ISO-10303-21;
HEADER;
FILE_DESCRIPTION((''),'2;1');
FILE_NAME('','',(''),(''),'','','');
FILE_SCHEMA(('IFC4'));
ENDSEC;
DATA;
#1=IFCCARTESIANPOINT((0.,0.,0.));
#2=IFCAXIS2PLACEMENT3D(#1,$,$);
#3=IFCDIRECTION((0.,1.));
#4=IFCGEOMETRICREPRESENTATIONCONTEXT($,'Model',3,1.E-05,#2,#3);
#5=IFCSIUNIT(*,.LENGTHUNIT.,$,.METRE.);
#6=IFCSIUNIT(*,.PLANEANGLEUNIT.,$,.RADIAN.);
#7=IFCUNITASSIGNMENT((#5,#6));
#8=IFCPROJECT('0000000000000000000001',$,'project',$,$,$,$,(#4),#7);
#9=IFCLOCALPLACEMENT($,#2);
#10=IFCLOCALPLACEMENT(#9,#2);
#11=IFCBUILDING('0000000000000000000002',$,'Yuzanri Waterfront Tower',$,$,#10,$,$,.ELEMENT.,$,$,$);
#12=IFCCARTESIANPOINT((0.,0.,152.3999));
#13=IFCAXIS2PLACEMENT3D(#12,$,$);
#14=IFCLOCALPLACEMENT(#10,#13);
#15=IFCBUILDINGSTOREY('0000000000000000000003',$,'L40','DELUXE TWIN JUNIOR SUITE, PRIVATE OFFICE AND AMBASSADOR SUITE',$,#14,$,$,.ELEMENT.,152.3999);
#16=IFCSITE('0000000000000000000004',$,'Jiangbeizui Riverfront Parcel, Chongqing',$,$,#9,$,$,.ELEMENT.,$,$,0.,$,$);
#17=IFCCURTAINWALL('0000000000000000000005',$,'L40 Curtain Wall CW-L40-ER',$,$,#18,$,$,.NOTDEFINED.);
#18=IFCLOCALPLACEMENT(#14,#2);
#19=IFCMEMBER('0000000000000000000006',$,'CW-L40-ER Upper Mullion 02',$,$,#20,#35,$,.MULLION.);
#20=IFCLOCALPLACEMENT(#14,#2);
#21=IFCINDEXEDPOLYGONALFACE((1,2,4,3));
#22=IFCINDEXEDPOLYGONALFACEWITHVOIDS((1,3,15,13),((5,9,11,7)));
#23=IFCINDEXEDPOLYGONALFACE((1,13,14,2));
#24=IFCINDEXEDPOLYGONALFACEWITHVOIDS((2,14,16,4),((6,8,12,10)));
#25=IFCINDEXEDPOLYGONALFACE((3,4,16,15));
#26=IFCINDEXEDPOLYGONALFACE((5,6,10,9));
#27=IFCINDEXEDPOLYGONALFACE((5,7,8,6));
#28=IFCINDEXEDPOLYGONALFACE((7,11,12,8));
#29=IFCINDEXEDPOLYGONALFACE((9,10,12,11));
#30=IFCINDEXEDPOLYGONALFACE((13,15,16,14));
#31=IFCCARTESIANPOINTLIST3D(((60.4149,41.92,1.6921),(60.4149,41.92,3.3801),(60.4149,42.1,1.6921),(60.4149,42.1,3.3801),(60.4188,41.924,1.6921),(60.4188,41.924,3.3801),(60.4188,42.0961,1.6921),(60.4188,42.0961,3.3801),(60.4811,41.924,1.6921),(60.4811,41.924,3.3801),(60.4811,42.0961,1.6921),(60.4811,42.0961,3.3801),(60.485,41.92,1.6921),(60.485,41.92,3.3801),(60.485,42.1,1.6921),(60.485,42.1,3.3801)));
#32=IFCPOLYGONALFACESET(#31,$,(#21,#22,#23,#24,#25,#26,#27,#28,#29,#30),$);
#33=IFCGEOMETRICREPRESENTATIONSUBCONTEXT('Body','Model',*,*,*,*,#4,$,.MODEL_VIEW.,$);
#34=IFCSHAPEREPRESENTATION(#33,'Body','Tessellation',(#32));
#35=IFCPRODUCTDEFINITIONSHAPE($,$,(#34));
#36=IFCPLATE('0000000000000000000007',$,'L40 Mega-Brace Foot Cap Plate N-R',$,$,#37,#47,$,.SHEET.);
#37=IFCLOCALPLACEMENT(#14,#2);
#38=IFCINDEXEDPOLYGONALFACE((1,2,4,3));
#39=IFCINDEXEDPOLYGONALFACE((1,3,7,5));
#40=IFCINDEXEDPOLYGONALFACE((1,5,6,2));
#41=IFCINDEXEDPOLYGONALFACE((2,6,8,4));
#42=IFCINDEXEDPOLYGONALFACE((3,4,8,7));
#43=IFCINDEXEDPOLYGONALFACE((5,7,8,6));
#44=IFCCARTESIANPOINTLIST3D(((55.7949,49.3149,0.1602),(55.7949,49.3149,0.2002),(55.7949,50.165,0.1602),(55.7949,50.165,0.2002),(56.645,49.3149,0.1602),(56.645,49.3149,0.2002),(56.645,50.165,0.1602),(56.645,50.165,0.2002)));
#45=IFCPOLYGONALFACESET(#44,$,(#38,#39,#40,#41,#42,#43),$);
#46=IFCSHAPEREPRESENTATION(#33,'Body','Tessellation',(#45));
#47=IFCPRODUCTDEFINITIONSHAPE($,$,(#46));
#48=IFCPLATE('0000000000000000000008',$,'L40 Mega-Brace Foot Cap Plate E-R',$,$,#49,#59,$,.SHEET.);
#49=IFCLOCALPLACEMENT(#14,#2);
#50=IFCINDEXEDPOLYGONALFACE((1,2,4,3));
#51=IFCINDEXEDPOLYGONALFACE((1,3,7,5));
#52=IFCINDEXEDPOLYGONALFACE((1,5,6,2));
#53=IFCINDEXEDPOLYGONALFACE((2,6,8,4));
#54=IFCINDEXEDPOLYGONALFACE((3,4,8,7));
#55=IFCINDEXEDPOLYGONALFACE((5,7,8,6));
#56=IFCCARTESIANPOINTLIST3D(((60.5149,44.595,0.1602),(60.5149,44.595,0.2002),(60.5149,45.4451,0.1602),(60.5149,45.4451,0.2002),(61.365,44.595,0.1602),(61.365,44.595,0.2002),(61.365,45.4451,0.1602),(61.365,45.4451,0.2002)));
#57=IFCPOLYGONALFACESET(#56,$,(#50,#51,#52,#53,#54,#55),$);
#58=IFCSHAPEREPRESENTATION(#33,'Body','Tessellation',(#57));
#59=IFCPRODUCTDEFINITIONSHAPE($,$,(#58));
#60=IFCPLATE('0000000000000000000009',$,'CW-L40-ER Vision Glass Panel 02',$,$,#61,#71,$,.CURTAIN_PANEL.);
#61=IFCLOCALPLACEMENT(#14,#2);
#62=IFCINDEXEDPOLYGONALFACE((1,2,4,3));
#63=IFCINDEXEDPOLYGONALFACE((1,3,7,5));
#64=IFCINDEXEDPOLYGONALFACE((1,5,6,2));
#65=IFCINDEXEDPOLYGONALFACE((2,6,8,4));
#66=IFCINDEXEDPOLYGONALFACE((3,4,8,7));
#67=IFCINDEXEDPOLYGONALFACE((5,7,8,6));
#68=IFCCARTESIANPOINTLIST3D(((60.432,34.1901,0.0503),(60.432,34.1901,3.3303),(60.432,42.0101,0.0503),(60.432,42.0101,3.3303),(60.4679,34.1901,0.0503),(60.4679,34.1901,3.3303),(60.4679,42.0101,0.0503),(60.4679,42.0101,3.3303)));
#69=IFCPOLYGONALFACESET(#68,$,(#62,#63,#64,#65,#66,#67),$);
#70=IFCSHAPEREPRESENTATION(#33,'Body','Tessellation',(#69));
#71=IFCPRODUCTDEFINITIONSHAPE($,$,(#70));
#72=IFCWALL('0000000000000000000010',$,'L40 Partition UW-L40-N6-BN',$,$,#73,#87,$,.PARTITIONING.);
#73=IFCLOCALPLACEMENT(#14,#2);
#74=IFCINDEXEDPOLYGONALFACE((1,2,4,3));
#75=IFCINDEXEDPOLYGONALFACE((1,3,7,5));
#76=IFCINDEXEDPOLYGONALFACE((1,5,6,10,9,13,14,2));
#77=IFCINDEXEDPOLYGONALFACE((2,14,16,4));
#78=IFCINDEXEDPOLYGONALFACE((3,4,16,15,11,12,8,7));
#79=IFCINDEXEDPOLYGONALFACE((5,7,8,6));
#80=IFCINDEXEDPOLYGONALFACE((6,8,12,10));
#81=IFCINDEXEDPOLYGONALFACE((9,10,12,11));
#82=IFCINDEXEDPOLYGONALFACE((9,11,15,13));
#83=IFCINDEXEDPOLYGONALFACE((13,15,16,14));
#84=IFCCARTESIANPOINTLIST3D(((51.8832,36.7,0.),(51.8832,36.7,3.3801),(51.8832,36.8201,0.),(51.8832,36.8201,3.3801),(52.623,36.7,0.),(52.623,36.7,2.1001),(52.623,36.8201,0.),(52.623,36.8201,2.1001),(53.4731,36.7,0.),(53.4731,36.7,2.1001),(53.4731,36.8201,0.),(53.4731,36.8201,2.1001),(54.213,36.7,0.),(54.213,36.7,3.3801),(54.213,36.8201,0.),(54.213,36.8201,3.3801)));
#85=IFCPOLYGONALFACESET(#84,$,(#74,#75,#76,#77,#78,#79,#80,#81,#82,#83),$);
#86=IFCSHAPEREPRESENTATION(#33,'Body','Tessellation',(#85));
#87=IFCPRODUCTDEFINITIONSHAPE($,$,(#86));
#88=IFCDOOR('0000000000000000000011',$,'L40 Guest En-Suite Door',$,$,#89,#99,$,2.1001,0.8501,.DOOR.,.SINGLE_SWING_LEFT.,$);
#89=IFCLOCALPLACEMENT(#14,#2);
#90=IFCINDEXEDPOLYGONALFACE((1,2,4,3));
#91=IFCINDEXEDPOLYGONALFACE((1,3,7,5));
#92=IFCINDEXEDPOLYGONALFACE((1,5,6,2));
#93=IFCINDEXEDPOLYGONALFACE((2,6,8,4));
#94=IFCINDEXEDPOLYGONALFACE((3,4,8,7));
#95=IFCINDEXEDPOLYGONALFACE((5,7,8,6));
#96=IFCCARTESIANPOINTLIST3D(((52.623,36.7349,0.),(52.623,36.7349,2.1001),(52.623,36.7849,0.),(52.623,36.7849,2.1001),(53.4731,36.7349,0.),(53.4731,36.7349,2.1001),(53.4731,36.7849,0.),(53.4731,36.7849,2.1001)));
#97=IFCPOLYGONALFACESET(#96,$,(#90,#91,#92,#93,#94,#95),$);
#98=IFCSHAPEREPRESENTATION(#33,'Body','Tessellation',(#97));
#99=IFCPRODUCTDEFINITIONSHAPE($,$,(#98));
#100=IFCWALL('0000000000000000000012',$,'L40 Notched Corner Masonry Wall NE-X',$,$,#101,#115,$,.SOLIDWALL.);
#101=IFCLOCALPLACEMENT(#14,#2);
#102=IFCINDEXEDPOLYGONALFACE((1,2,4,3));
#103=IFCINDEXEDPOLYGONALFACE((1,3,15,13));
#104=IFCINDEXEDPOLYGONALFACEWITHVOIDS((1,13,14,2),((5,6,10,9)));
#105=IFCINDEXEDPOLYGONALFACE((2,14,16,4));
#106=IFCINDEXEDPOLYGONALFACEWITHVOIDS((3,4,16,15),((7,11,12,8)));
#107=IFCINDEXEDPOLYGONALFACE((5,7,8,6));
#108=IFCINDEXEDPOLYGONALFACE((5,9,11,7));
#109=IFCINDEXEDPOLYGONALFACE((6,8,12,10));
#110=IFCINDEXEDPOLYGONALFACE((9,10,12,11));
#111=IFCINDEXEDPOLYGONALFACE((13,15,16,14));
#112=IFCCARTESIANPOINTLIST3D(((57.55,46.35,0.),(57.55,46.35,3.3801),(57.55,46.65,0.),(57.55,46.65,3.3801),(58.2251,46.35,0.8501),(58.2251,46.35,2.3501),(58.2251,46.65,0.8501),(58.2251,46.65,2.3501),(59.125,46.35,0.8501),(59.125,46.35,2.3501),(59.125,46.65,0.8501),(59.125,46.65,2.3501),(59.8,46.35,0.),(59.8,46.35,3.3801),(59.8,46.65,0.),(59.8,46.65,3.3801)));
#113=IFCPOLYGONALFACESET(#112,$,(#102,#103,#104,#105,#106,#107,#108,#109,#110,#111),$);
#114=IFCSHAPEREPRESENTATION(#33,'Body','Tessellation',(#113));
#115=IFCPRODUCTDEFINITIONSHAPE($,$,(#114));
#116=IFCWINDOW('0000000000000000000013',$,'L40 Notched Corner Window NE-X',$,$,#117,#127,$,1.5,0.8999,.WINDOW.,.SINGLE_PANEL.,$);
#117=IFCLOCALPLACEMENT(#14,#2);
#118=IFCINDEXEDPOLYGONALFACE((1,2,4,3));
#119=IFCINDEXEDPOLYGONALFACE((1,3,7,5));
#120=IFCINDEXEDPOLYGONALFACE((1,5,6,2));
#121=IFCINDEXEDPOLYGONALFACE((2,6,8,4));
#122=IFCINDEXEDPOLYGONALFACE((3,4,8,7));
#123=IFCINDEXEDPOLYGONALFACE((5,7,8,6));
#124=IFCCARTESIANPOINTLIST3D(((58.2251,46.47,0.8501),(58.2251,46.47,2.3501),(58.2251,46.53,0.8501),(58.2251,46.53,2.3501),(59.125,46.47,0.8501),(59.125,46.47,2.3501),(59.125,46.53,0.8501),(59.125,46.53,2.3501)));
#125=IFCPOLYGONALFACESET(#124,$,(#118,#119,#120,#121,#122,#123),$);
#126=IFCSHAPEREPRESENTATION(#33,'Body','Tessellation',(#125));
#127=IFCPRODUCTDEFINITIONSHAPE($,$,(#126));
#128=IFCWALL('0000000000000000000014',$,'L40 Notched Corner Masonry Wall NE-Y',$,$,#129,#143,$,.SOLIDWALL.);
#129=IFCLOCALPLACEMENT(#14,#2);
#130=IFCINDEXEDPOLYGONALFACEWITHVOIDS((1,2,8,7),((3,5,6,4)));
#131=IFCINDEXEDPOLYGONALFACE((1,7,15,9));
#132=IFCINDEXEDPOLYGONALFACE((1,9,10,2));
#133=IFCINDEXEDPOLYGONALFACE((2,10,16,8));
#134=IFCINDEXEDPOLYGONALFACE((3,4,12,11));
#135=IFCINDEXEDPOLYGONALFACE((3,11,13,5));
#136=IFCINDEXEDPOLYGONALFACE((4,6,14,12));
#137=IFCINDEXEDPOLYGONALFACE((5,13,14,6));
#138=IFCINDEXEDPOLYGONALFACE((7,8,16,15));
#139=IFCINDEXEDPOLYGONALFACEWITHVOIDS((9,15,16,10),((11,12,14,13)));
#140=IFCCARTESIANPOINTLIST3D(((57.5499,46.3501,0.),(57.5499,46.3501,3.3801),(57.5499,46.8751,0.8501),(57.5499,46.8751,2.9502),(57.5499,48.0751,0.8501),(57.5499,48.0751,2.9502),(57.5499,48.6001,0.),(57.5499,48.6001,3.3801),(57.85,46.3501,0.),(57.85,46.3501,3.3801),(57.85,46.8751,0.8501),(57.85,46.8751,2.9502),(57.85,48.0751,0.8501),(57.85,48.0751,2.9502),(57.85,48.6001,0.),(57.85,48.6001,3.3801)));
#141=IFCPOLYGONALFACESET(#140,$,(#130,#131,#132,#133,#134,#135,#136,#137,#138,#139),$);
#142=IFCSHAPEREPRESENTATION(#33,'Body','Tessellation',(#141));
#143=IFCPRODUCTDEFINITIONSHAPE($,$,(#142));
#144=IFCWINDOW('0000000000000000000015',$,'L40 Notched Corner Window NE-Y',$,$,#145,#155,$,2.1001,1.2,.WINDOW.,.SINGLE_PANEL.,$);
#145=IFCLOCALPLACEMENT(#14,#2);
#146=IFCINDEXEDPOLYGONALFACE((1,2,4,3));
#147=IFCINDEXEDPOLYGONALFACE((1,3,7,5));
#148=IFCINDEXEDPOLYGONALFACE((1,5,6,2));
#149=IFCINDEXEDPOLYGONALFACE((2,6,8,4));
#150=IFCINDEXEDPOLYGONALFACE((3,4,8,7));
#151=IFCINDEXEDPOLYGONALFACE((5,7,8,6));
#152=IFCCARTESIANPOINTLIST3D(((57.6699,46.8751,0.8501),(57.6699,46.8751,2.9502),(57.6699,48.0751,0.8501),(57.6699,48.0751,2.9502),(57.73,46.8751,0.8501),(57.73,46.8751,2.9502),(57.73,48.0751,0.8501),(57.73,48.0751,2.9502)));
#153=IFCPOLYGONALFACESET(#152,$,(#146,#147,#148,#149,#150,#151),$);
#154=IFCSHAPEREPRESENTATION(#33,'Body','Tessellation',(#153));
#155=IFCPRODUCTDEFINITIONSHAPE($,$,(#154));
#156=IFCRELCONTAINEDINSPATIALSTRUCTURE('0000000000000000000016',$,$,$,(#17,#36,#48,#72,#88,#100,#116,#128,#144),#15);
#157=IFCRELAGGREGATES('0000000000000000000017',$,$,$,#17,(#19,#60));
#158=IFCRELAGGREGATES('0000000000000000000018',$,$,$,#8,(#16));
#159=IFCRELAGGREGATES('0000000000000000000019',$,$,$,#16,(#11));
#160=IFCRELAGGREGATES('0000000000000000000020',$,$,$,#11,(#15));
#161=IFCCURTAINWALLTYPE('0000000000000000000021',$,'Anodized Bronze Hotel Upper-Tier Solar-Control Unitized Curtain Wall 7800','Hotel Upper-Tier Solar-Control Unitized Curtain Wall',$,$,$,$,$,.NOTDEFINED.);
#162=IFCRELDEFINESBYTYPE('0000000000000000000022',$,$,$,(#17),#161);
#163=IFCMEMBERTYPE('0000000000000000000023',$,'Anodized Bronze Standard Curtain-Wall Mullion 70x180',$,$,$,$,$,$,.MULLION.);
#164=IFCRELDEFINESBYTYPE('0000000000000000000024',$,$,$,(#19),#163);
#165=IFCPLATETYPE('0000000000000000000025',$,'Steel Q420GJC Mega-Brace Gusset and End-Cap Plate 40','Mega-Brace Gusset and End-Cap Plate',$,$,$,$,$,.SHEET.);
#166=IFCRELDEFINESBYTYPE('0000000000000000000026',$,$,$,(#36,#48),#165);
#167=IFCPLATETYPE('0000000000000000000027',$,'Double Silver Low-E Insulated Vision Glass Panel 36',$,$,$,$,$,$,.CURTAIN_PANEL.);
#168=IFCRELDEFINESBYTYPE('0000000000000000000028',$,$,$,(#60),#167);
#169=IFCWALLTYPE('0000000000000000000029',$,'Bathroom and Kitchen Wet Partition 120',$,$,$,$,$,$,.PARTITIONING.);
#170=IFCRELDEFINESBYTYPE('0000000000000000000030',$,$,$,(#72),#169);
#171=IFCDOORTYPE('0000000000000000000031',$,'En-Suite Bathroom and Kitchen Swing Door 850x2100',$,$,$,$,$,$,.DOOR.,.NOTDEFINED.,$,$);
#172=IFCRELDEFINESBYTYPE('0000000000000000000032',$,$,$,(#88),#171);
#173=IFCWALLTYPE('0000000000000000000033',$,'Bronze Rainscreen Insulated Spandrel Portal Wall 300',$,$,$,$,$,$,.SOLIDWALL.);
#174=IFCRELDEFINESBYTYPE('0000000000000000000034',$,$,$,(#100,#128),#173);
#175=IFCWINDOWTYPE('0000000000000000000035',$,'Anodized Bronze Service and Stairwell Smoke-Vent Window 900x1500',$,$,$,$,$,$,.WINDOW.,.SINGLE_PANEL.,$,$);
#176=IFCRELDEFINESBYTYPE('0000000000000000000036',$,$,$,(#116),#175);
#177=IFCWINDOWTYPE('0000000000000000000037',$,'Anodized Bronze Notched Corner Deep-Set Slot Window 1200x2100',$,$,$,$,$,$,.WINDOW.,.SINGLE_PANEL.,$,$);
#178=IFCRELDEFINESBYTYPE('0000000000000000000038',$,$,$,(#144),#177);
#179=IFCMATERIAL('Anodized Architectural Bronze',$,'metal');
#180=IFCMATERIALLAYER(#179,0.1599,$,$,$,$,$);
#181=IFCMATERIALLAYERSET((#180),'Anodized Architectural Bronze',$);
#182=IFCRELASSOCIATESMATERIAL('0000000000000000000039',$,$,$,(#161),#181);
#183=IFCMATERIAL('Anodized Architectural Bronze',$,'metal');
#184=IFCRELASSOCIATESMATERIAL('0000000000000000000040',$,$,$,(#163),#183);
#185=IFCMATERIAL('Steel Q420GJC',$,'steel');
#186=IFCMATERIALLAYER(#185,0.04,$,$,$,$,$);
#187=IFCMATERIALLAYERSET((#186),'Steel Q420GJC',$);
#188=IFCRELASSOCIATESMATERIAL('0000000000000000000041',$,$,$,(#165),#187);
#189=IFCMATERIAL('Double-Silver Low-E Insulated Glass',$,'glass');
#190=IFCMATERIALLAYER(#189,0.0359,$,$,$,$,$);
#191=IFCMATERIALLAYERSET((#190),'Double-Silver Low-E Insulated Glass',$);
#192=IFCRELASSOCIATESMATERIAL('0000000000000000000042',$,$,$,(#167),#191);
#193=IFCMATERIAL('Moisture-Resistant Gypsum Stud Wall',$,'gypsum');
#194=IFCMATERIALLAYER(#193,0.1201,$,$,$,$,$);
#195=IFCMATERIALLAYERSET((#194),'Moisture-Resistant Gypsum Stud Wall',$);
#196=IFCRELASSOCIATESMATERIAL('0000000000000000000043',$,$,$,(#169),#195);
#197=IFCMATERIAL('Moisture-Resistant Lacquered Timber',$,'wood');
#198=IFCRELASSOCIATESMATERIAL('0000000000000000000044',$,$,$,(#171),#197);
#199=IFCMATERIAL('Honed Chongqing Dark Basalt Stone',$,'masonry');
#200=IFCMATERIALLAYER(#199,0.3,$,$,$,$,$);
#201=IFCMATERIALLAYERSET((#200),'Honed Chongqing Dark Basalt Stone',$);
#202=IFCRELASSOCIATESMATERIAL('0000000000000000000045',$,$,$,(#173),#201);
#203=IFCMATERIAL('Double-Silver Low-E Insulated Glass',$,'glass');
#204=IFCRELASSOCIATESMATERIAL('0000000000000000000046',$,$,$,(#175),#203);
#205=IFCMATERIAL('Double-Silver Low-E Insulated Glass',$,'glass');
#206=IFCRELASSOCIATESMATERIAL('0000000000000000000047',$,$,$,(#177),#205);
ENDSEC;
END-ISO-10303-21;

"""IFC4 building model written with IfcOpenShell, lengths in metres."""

from ifc_helpers import new_model, si_unit, direction, frame, frame_2d, origin, origin_2d, place, context, subcontext, project, spatial, rectangle, hollow_rectangle, extrude, source, transform, mapped, material, layer, layer_set, material_profile, profile_set, type_object, element, fill, aggregate, save


model = new_model("IFC4")

# Units and contexts
model_context = context("Model", 3, precision=1e-05, world=origin(), true_north=direction((0.0, 1.0)))
body_context = subcontext(model_context, "Body", "Model", "MODEL_VIEW")
ifc_project = project(units=[si_unit("LENGTHUNIT", "METRE"), si_unit("PLANEANGLEUNIT", "RADIAN")], contexts=[model_context])

# Site, building, storey
site_placement = place(None, origin())
site = spatial("IfcSite", under=ifc_project, at=site_placement, Name="Jiangbeizui Riverfront Parcel, Chongqing", CompositionType="ELEMENT", RefElevation=0.0)
building_placement = place(site_placement, origin())
building = spatial("IfcBuilding", under=site, at=building_placement, Name="Yuzanri Waterfront Tower", CompositionType="ELEMENT")
storey_placement = place(building_placement, frame((0.0, 0.0, 152.3999)))
storey = spatial("IfcBuildingStorey", under=building, at=storey_placement, Name="L40", Description="DELUXE TWIN JUNIOR SUITE, PRIVATE OFFICE AND AMBASSADOR SUITE", CompositionType="ELEMENT", Elevation=152.3999)

# Curtain wall, member
ifc_material_1 = material(Name="Anodized Architectural Bronze", Category="metal")
ifc_layer_1 = layer(ifc_material_1, 0.1599)
ifc_layer_set_1 = layer_set([ifc_layer_1], Name="Anodized Architectural Bronze")
curtain_wall_type = type_object("IfcCurtainWallType", Name="Anodized Bronze Hotel Upper-Tier Solar-Control Unitized Curtain Wall 7800", Description="Hotel Upper-Tier Solar-Control Unitized Curtain Wall", PredefinedType="NOTDEFINED", material=ifc_layer_set_1)
ifc_material_2 = material(Name="Anodized Architectural Bronze", Category="metal")
ifc_material_profile_1 = material_profile(ifc_material_2, hollow_rectangle(XDim=0.0701, YDim=0.1799, WallThickness=0.0039, at=origin_2d()), Name="CWM 70x180")
ifc_profile_set_1 = profile_set([ifc_material_profile_1], Name="Anodized Architectural Bronze")
member_type_1 = type_object("IfcMemberType", Name="Anodized Bronze Standard Curtain-Wall Mullion 70x180", PredefinedType="MULLION", material=ifc_profile_set_1)
shared_shape_1 = source(origin(), body_context, "Body", "SweptSolid", [
    extrude(hollow_rectangle(XDim=0.0701, YDim=0.1799, WallThickness=0.0039, at=origin_2d()), origin(), (0.0, 0.0, 1.0), 1.688),
])
curtain_wall_1_placement = place(storey_placement, origin())
curtain_wall_1 = element("IfcCurtainWall", 1, at=curtain_wall_1_placement, inside=storey, type_object=curtain_wall_type, Name="L40 Curtain Wall CW-L40-ER", PredefinedType="NOTDEFINED")
member_1_placement = place(storey_placement, frame((60.45, 42.01, 1.6921), z_axis=(0.0, 0.0, 1.0), x_axis=(1.0, 0.0, 0.0)))
member_1 = element("IfcMember", 2, at=member_1_placement, type_object=member_type_1, Name="CW-L40-ER Upper Mullion 02", PredefinedType="MULLION", context=body_context, shape_type="MappedRepresentation", body=[
    mapped(shared_shape_1, transform((0.0, 0.0, 0.0), scale=1.0)),
])

# Plates
ifc_material_3 = material(Name="Steel Q420GJC", Category="steel")
ifc_layer_2 = layer(ifc_material_3, 0.04)
ifc_layer_set_2 = layer_set([ifc_layer_2], Name="Steel Q420GJC")
plate_type_1 = type_object("IfcPlateType", Name="Steel Q420GJC Mega-Brace Gusset and End-Cap Plate 40", Description="Mega-Brace Gusset and End-Cap Plate", PredefinedType="SHEET", material=ifc_layer_set_2)
shared_shape_2 = source(origin(), body_context, "Body", "SweptSolid", [
    extrude(rectangle(XDim=0.8501, YDim=0.8501, at=origin_2d()), origin(), (0.0, 0.0, 1.0), 0.04),
])
for number, where, z_axis, x_axis, name in (
    (3, (56.22, 49.74, 0.1602), (0.0, 0.0, 1.0), (1.0, 0.0, 0.0), "L40 Mega-Brace Foot Cap Plate N-R"),
    (4, (60.9399, 45.02, 0.1602), (0.0, 0.0, 1.0), (1.0, 0.0, 0.0), "L40 Mega-Brace Foot Cap Plate E-R"),
):
    element("IfcPlate", number, at=place(storey_placement, frame(where, z_axis=z_axis, x_axis=x_axis)), inside=storey, type_object=plate_type_1, Name=name, PredefinedType="SHEET", context=body_context, shape_type="MappedRepresentation", body=[
        mapped(shared_shape_2, transform((0.0, 0.0, 0.0), scale=1.0)),
    ])

# Plate
ifc_material_4 = material(Name="Double-Silver Low-E Insulated Glass", Category="glass")
ifc_layer_3 = layer(ifc_material_4, 0.0359)
ifc_layer_set_3 = layer_set([ifc_layer_3], Name="Double-Silver Low-E Insulated Glass")
plate_type_2 = type_object("IfcPlateType", Name="Double Silver Low-E Insulated Vision Glass Panel 36", PredefinedType="CURTAIN_PANEL", material=ifc_layer_set_3)
shared_shape_3 = source(origin(), body_context, "Body", "SweptSolid", [
    extrude(rectangle(XDim=7.8201, YDim=0.0359, at=origin_2d()), origin(), (0.0, 0.0, 1.0), 3.28),
])
plate_placement = place(storey_placement, frame((60.45, 38.1001, 0.0503), z_axis=(0.0, 0.0, 1.0), x_axis=(0.0, 1.0, 0.0)))
plate = element("IfcPlate", 5, at=plate_placement, type_object=plate_type_2, Name="CW-L40-ER Vision Glass Panel 02", PredefinedType="CURTAIN_PANEL", context=body_context, shape_type="MappedRepresentation", body=[
    mapped(shared_shape_3, transform((0.0, 0.0, 0.0), scale=1.0)),
])
aggregate(curtain_wall_1, [member_1, plate])

# Wall, opening, door
ifc_material_5 = material(Name="Moisture-Resistant Gypsum Stud Wall", Category="gypsum")
ifc_layer_4 = layer(ifc_material_5, 0.1201)
ifc_layer_set_4 = layer_set([ifc_layer_4], Name="Moisture-Resistant Gypsum Stud Wall")
wall_type_1 = type_object("IfcWallType", Name="Bathroom and Kitchen Wet Partition 120", PredefinedType="PARTITIONING", material=ifc_layer_set_4)
wall_1_placement = place(storey_placement, frame((51.8831, 36.76, 0.0), z_axis=(0.0, 0.0, 1.0), x_axis=(1.0, 0.0, 0.0)))
wall_1 = element("IfcWall", 6, at=wall_1_placement, inside=storey, type_object=wall_type_1, Name="L40 Partition UW-L40-N6-BN", PredefinedType="PARTITIONING", context=body_context, shape_type="SweptSolid", body=[
    extrude(rectangle(XDim=2.3298, YDim=0.1201, at=frame_2d((1.165, 0.0))), origin(), (0.0, 0.0, 1.0), 3.3801),
])
opening_1_placement = place(wall_1_placement, frame((0.74, 0.0, 0.0)))
opening_1 = element("IfcOpeningElement", 7, at=opening_1_placement, cuts=wall_1, PredefinedType="OPENING", context=body_context, shape_type="SweptSolid", body=[
    extrude(rectangle(XDim=0.8501, YDim=2.1001, at=frame_2d((0.425, 1.05))), frame((0.0, 0.075, 0.0), z_axis=(0.0, -1.0, 0.0), x_axis=(1.0, 0.0, 0.0)), (0.0, 0.0, 1.0), 0.1499),
])
ifc_material_6 = material(Name="Moisture-Resistant Lacquered Timber", Category="wood")
door_type_1 = type_object("IfcDoorType", Name="En-Suite Bathroom and Kitchen Swing Door 850x2100", OperationType="NOTDEFINED", PredefinedType="DOOR", material=ifc_material_6)
shared_shape_4 = source(origin(), body_context, "Body", "SweptSolid", [
    extrude(rectangle(XDim=0.8501, YDim=2.1001, at=frame_2d((0.425, 1.05))), frame((0.0, 0.0249, 0.0), z_axis=(0.0, -1.0, 0.0), x_axis=(1.0, 0.0, 0.0)), (0.0, 0.0, 1.0), 0.05),
])
door_1_placement = place(opening_1_placement, origin())
door_1 = element("IfcDoor", 8, at=door_1_placement, inside=storey, type_object=door_type_1, Name="L40 Guest En-Suite Door", OperationType="SINGLE_SWING_LEFT", OverallHeight=2.1001, OverallWidth=0.8501, PredefinedType="DOOR", context=body_context, shape_type="MappedRepresentation", body=[
    mapped(shared_shape_4, transform((0.0, 0.0, 0.0), scale=1.0)),
])
fill(opening_1, door_1)

# Walls, openings, windows
ifc_material_7 = material(Name="Honed Chongqing Dark Basalt Stone", Category="masonry")
ifc_layer_5 = layer(ifc_material_7, 0.3)
ifc_layer_set_5 = layer_set([ifc_layer_5], Name="Honed Chongqing Dark Basalt Stone")
wall_type_2 = type_object("IfcWallType", Name="Bronze Rainscreen Insulated Spandrel Portal Wall 300", PredefinedType="SOLIDWALL", material=ifc_layer_set_5)
wall_2_placement = place(storey_placement, frame((59.8, 46.5, 0.0), z_axis=(0.0, 0.0, 1.0), x_axis=(-1.0, 0.0, 0.0)))
wall_2 = element("IfcWall", 9, at=wall_2_placement, inside=storey, type_object=wall_type_2, Name="L40 Notched Corner Masonry Wall NE-X", PredefinedType="SOLIDWALL", context=body_context, shape_type="SweptSolid", body=[
    extrude(rectangle(XDim=2.25, YDim=0.3, at=frame_2d((1.125, 0.0))), origin(), (0.0, 0.0, 1.0), 3.3801),
])
opening_2_placement = place(wall_2_placement, frame((0.675, 0.0, 0.8501)))
opening_2 = element("IfcOpeningElement", 10, at=opening_2_placement, cuts=wall_2, PredefinedType="OPENING", context=body_context, shape_type="SweptSolid", body=[
    extrude(rectangle(XDim=0.8999, YDim=1.5, at=frame_2d((0.45, 0.75))), frame((0.0, 0.165, 0.0), z_axis=(0.0, -1.0, 0.0), x_axis=(1.0, 0.0, 0.0)), (0.0, 0.0, 1.0), 0.3298),
])
ifc_material_8 = material(Name="Double-Silver Low-E Insulated Glass", Category="glass")
window_type_1 = type_object("IfcWindowType", Name="Anodized Bronze Service and Stairwell Smoke-Vent Window 900x1500", PartitioningType="SINGLE_PANEL", PredefinedType="WINDOW", material=ifc_material_8)
shared_shape_5 = source(origin(), body_context, "Body", "SweptSolid", [
    extrude(rectangle(XDim=0.8999, YDim=1.5, at=frame_2d((0.45, 0.75))), frame((0.0, 0.03, 0.0), z_axis=(0.0, -1.0, 0.0), x_axis=(1.0, 0.0, 0.0)), (0.0, 0.0, 1.0), 0.0601),
])
window_1_placement = place(opening_2_placement, origin())
window_1 = element("IfcWindow", 11, at=window_1_placement, inside=storey, type_object=window_type_1, Name="L40 Notched Corner Window NE-X", OverallHeight=1.5, OverallWidth=0.8999, PartitioningType="SINGLE_PANEL", PredefinedType="WINDOW", context=body_context, shape_type="MappedRepresentation", body=[
    mapped(shared_shape_5, transform((0.0, 0.0, 0.0), scale=1.0)),
])
fill(opening_2, window_1)
wall_3_placement = place(storey_placement, frame((57.7, 46.3501, 0.0), z_axis=(0.0, 0.0, 1.0), x_axis=(0.0, 1.0, 0.0)))
wall_3 = element("IfcWall", 12, at=wall_3_placement, inside=storey, type_object=wall_type_2, Name="L40 Notched Corner Masonry Wall NE-Y", PredefinedType="SOLIDWALL", context=body_context, shape_type="SweptSolid", body=[
    extrude(rectangle(XDim=2.25, YDim=0.3, at=frame_2d((1.125, 0.0))), origin(), (0.0, 0.0, 1.0), 3.3801),
])
opening_3_placement = place(wall_3_placement, frame((0.5249, 0.0, 0.8501)))
opening_3 = element("IfcOpeningElement", 13, at=opening_3_placement, cuts=wall_3, PredefinedType="OPENING", context=body_context, shape_type="SweptSolid", body=[
    extrude(rectangle(XDim=1.2, YDim=2.1001, at=frame_2d((0.6001, 1.05))), frame((0.0, 0.165, 0.0), z_axis=(0.0, -1.0, 0.0), x_axis=(1.0, 0.0, 0.0)), (0.0, 0.0, 1.0), 0.3298),
])
ifc_material_9 = material(Name="Double-Silver Low-E Insulated Glass", Category="glass")
window_type_2 = type_object("IfcWindowType", Name="Anodized Bronze Notched Corner Deep-Set Slot Window 1200x2100", PartitioningType="SINGLE_PANEL", PredefinedType="WINDOW", material=ifc_material_9)
shared_shape_6 = source(origin(), body_context, "Body", "SweptSolid", [
    extrude(rectangle(XDim=1.2, YDim=2.1001, at=frame_2d((0.6001, 1.05))), frame((0.0, 0.03, 0.0), z_axis=(0.0, -1.0, 0.0), x_axis=(1.0, 0.0, 0.0)), (0.0, 0.0, 1.0), 0.0601),
])
window_2_placement = place(opening_3_placement, origin())
window_2 = element("IfcWindow", 14, at=window_2_placement, inside=storey, type_object=window_type_2, Name="L40 Notched Corner Window NE-Y", OverallHeight=2.1001, OverallWidth=1.2, PartitioningType="SINGLE_PANEL", PredefinedType="WINDOW", context=body_context, shape_type="MappedRepresentation", body=[
    mapped(shared_shape_6, transform((0.0, 0.0, 0.0), scale=1.0)),
])
fill(opening_3, window_2)

save(model, "model.ifc")
